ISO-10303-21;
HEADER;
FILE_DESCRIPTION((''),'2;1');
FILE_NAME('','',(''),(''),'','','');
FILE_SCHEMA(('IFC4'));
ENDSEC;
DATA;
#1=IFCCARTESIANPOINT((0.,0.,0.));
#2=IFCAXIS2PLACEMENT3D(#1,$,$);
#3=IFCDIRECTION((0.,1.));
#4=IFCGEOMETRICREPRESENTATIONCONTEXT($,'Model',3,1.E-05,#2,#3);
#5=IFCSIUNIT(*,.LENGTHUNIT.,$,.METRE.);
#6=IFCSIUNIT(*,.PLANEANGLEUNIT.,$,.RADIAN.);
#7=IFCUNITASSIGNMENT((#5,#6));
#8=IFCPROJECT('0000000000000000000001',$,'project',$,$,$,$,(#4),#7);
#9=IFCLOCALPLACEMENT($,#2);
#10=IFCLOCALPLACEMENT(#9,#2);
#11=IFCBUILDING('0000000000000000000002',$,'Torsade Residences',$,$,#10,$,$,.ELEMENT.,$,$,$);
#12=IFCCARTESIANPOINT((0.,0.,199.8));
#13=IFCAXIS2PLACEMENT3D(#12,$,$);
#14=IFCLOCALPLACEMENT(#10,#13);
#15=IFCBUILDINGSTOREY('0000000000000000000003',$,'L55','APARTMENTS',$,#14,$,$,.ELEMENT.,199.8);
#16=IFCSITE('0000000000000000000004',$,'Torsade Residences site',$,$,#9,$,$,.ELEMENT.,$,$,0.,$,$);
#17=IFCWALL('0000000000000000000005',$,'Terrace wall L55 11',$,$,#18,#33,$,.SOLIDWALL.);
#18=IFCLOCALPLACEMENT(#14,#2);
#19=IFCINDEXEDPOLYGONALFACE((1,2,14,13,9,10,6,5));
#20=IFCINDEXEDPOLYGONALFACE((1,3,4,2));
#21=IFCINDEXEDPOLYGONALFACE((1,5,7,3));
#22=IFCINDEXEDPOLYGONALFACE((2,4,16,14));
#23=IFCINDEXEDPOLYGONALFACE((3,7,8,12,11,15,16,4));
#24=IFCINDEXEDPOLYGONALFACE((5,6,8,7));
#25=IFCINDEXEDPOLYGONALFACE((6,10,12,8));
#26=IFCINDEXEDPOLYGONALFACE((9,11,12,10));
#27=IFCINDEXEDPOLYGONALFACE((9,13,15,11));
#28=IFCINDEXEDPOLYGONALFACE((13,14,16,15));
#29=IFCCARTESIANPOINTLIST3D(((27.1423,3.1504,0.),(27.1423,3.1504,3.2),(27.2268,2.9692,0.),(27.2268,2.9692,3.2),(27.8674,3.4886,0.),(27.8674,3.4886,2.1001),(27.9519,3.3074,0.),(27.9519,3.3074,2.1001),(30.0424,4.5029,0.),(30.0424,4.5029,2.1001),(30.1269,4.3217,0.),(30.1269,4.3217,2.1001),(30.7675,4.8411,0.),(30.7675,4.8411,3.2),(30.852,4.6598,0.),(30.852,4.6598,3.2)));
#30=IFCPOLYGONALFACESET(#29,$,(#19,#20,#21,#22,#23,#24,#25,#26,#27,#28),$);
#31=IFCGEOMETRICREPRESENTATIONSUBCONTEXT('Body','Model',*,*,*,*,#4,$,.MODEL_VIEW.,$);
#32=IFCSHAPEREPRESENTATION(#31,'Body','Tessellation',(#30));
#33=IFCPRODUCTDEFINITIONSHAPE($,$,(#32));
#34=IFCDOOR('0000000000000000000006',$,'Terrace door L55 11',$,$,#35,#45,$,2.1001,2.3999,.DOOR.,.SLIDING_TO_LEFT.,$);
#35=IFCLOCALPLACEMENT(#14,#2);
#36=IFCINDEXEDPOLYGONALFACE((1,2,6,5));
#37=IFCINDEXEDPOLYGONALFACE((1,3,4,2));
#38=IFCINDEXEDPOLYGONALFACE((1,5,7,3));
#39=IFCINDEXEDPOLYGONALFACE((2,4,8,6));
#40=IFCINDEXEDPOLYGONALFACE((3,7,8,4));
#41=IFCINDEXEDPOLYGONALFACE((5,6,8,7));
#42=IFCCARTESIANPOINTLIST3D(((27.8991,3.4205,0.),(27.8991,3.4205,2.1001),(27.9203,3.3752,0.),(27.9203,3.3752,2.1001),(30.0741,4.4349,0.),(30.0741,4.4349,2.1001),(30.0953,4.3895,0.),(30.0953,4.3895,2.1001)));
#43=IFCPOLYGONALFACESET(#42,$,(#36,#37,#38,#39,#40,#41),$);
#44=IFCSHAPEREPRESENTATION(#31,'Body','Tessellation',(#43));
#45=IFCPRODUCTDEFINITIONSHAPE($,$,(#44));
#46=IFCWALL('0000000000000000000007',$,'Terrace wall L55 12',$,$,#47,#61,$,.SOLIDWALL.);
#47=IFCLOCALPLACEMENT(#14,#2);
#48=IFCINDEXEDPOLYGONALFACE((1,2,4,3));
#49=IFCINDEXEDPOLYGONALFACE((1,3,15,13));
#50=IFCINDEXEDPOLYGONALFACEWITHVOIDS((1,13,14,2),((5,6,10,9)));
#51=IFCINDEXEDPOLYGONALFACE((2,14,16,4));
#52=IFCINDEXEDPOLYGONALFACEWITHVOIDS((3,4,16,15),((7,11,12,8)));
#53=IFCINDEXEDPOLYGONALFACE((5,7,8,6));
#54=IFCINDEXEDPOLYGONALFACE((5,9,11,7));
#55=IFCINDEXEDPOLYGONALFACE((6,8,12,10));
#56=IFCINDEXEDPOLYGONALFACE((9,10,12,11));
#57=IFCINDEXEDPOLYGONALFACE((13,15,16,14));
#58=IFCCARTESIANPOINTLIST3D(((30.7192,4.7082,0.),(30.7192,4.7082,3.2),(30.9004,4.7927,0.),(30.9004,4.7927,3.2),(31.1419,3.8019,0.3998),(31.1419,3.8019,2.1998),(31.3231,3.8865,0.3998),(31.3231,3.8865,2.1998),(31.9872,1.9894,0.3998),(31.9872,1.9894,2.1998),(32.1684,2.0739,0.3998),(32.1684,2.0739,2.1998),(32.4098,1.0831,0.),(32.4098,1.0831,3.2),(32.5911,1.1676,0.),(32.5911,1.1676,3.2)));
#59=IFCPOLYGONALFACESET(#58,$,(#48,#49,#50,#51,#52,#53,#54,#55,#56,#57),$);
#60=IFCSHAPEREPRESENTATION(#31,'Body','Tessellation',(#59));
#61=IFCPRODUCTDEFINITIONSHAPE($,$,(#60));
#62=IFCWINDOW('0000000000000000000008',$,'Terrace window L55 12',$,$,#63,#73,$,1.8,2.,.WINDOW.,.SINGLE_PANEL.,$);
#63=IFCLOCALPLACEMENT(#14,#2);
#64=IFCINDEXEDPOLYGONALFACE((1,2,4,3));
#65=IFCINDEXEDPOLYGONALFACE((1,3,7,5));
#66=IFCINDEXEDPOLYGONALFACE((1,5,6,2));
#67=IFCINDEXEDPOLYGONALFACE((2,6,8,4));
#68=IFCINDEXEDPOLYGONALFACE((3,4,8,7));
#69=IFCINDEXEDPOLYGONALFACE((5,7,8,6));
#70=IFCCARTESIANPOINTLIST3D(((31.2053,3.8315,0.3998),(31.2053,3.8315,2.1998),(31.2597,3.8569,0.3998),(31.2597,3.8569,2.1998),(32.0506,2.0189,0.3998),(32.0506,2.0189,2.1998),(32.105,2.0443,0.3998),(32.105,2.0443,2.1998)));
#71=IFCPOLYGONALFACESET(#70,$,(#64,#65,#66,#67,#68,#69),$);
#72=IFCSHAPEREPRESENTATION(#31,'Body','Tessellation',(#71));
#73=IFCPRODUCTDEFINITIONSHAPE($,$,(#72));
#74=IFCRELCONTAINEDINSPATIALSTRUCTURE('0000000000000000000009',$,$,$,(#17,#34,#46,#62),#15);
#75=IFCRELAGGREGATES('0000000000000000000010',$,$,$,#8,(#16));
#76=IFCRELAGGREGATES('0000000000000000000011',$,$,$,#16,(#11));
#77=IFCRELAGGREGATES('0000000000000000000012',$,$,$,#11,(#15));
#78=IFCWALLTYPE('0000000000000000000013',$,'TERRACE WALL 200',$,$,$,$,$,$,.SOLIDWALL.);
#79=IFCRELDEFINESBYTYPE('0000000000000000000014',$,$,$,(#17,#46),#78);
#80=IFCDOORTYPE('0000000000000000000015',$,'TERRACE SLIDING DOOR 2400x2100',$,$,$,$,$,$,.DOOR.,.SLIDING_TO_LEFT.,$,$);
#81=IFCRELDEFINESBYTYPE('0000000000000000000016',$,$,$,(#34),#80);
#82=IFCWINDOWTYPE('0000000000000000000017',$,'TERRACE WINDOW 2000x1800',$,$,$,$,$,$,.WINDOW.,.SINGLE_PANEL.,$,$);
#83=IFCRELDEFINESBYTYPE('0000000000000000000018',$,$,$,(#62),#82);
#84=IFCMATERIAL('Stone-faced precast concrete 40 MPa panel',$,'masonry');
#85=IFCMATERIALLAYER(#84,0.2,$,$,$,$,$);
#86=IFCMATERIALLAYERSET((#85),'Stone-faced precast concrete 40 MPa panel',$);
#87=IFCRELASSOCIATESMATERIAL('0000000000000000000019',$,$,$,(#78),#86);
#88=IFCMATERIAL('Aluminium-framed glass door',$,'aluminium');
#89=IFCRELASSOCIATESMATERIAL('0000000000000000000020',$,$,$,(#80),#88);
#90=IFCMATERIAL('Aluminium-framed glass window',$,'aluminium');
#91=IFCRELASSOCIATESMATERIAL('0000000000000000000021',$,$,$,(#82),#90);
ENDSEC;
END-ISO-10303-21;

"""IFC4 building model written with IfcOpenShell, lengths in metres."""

from ifc_helpers import new_model, si_unit, direction, frame, frame_2d, origin, place, context, subcontext, project, spatial, rectangle, extrude, material, layer, layer_set, type_object, element, fill, save


model = new_model("IFC4")

# Units and contexts
model_context = context("Model", 3, precision=1e-05, world=origin(), true_north=direction((0.0, 1.0)))
body_context = subcontext(model_context, "Body", "Model", "MODEL_VIEW")
ifc_project = project(units=[si_unit("LENGTHUNIT", "METRE"), si_unit("PLANEANGLEUNIT", "RADIAN")], contexts=[model_context])

# Site, building, storey
site_placement = place(None, origin())
site = spatial("IfcSite", under=ifc_project, at=site_placement, Name="Torsade Residences site", CompositionType="ELEMENT", RefElevation=0.0)
building_placement = place(site_placement, origin())
building = spatial("IfcBuilding", under=site, at=building_placement, Name="Torsade Residences", CompositionType="ELEMENT")
storey_placement = place(building_placement, frame((0.0, 0.0, 199.8)))
storey = spatial("IfcBuildingStorey", under=building, at=storey_placement, Name="L55", Description="APARTMENTS", CompositionType="ELEMENT", Elevation=199.8)

# Wall, opening, door
ifc_material_1 = material(Name="Stone-faced precast concrete 40 MPa panel", Category="masonry")
ifc_layer_1 = layer(ifc_material_1, 0.2)
ifc_layer_set_1 = layer_set([ifc_layer_1], Name="Stone-faced precast concrete 40 MPa panel")
wall_type_1 = type_object("IfcWallType", Name="TERRACE WALL 200", PredefinedType="SOLIDWALL", material=ifc_layer_set_1)
wall_1_placement = place(storey_placement, frame((27.1846, 3.0598, 0.0), z_axis=(0.0, 0.0, 1.0), x_axis=(0.906289, 0.422658, 0.0)))
wall_1 = element("IfcWall", 1, at=wall_1_placement, inside=storey, type_object=wall_type_1, Name="Terrace wall L55 11", PredefinedType="SOLIDWALL", context=body_context, shape_type="SweptSolid", body=[
    extrude(rectangle(XDim=4.0, YDim=0.2, at=frame_2d((2.0, 0.0))), origin(), (0.0, 0.0, 1.0), 3.2),
])
opening_1_placement = place(wall_1_placement, frame((0.8, 0.0, 0.0)))
opening_1 = element("IfcOpeningElement", 2, at=opening_1_placement, cuts=wall_1, PredefinedType="OPENING", context=body_context, shape_type="SweptSolid", body=[
    extrude(rectangle(XDim=2.3999, YDim=2.1001, at=frame_2d((1.2, 1.05))), frame((0.0, 0.1099, 0.0), z_axis=(0.0, -1.0, 0.0), x_axis=(1.0, 0.0, 0.0)), (0.0, 0.0, 1.0), 0.22),
])
ifc_material_2 = material(Name="Aluminium-framed glass door", Category="aluminium")
door_type_1 = type_object("IfcDoorType", Name="TERRACE SLIDING DOOR 2400x2100", OperationType="SLIDING_TO_LEFT", PredefinedType="DOOR", material=ifc_material_2)
door_1_placement = place(opening_1_placement, origin())
door_1 = element("IfcDoor", 3, at=door_1_placement, inside=storey, type_object=door_type_1, Name="Terrace door L55 11", OperationType="SLIDING_TO_LEFT", OverallHeight=2.1001, OverallWidth=2.3999, PredefinedType="DOOR", context=body_context, shape_type="SweptSolid", body=[
    extrude(rectangle(XDim=2.3999, YDim=2.1001, at=frame_2d((1.2, 1.05))), frame((0.0, 0.0249, 0.0), z_axis=(0.0, -1.0, 0.0), x_axis=(1.0, 0.0, 0.0)), (0.0, 0.0, 1.0), 0.05),
])
fill(opening_1, door_1)

# Wall, opening, window
wall_2_placement = place(storey_placement, frame((30.8098, 4.7505, 0.0), z_axis=(0.0, 0.0, 1.0), x_axis=(0.422658, -0.906289, 0.0)))
wall_2 = element("IfcWall", 4, at=wall_2_placement, inside=storey, type_object=wall_type_1, Name="Terrace wall L55 12", PredefinedType="SOLIDWALL", context=body_context, shape_type="SweptSolid", body=[
    extrude(rectangle(XDim=4.0, YDim=0.2, at=frame_2d((2.0, 0.0))), origin(), (0.0, 0.0, 1.0), 3.2),
])
opening_2_placement = place(wall_2_placement, frame((1.0, 0.0, 0.3999)))
opening_2 = element("IfcOpeningElement", 5, at=opening_2_placement, cuts=wall_2, PredefinedType="OPENING", context=body_context, shape_type="SweptSolid", body=[
    extrude(rectangle(XDim=2.0, YDim=1.8, at=frame_2d((1.0, 0.8999))), frame((0.0, 0.1099, 0.0), z_axis=(0.0, -1.0, 0.0), x_axis=(1.0, 0.0, 0.0)), (0.0, 0.0, 1.0), 0.22),
])
ifc_material_3 = material(Name="Aluminium-framed glass window", Category="aluminium")
window_type = type_object("IfcWindowType", Name="TERRACE WINDOW 2000x1800", PartitioningType="SINGLE_PANEL", PredefinedType="WINDOW", material=ifc_material_3)
window_placement = place(opening_2_placement, origin())
window = element("IfcWindow", 6, at=window_placement, inside=storey, type_object=window_type, Name="Terrace window L55 12", OverallHeight=1.8, OverallWidth=2.0, PartitioningType="SINGLE_PANEL", PredefinedType="WINDOW", context=body_context, shape_type="SweptSolid", body=[
    extrude(rectangle(XDim=2.0, YDim=1.8, at=frame_2d((1.0, 0.8999))), frame((0.0, 0.03, 0.0), z_axis=(0.0, -1.0, 0.0), x_axis=(1.0, 0.0, 0.0)), (0.0, 0.0, 1.0), 0.0601),
])
fill(opening_2, window)

save(model, "model.ifc")
